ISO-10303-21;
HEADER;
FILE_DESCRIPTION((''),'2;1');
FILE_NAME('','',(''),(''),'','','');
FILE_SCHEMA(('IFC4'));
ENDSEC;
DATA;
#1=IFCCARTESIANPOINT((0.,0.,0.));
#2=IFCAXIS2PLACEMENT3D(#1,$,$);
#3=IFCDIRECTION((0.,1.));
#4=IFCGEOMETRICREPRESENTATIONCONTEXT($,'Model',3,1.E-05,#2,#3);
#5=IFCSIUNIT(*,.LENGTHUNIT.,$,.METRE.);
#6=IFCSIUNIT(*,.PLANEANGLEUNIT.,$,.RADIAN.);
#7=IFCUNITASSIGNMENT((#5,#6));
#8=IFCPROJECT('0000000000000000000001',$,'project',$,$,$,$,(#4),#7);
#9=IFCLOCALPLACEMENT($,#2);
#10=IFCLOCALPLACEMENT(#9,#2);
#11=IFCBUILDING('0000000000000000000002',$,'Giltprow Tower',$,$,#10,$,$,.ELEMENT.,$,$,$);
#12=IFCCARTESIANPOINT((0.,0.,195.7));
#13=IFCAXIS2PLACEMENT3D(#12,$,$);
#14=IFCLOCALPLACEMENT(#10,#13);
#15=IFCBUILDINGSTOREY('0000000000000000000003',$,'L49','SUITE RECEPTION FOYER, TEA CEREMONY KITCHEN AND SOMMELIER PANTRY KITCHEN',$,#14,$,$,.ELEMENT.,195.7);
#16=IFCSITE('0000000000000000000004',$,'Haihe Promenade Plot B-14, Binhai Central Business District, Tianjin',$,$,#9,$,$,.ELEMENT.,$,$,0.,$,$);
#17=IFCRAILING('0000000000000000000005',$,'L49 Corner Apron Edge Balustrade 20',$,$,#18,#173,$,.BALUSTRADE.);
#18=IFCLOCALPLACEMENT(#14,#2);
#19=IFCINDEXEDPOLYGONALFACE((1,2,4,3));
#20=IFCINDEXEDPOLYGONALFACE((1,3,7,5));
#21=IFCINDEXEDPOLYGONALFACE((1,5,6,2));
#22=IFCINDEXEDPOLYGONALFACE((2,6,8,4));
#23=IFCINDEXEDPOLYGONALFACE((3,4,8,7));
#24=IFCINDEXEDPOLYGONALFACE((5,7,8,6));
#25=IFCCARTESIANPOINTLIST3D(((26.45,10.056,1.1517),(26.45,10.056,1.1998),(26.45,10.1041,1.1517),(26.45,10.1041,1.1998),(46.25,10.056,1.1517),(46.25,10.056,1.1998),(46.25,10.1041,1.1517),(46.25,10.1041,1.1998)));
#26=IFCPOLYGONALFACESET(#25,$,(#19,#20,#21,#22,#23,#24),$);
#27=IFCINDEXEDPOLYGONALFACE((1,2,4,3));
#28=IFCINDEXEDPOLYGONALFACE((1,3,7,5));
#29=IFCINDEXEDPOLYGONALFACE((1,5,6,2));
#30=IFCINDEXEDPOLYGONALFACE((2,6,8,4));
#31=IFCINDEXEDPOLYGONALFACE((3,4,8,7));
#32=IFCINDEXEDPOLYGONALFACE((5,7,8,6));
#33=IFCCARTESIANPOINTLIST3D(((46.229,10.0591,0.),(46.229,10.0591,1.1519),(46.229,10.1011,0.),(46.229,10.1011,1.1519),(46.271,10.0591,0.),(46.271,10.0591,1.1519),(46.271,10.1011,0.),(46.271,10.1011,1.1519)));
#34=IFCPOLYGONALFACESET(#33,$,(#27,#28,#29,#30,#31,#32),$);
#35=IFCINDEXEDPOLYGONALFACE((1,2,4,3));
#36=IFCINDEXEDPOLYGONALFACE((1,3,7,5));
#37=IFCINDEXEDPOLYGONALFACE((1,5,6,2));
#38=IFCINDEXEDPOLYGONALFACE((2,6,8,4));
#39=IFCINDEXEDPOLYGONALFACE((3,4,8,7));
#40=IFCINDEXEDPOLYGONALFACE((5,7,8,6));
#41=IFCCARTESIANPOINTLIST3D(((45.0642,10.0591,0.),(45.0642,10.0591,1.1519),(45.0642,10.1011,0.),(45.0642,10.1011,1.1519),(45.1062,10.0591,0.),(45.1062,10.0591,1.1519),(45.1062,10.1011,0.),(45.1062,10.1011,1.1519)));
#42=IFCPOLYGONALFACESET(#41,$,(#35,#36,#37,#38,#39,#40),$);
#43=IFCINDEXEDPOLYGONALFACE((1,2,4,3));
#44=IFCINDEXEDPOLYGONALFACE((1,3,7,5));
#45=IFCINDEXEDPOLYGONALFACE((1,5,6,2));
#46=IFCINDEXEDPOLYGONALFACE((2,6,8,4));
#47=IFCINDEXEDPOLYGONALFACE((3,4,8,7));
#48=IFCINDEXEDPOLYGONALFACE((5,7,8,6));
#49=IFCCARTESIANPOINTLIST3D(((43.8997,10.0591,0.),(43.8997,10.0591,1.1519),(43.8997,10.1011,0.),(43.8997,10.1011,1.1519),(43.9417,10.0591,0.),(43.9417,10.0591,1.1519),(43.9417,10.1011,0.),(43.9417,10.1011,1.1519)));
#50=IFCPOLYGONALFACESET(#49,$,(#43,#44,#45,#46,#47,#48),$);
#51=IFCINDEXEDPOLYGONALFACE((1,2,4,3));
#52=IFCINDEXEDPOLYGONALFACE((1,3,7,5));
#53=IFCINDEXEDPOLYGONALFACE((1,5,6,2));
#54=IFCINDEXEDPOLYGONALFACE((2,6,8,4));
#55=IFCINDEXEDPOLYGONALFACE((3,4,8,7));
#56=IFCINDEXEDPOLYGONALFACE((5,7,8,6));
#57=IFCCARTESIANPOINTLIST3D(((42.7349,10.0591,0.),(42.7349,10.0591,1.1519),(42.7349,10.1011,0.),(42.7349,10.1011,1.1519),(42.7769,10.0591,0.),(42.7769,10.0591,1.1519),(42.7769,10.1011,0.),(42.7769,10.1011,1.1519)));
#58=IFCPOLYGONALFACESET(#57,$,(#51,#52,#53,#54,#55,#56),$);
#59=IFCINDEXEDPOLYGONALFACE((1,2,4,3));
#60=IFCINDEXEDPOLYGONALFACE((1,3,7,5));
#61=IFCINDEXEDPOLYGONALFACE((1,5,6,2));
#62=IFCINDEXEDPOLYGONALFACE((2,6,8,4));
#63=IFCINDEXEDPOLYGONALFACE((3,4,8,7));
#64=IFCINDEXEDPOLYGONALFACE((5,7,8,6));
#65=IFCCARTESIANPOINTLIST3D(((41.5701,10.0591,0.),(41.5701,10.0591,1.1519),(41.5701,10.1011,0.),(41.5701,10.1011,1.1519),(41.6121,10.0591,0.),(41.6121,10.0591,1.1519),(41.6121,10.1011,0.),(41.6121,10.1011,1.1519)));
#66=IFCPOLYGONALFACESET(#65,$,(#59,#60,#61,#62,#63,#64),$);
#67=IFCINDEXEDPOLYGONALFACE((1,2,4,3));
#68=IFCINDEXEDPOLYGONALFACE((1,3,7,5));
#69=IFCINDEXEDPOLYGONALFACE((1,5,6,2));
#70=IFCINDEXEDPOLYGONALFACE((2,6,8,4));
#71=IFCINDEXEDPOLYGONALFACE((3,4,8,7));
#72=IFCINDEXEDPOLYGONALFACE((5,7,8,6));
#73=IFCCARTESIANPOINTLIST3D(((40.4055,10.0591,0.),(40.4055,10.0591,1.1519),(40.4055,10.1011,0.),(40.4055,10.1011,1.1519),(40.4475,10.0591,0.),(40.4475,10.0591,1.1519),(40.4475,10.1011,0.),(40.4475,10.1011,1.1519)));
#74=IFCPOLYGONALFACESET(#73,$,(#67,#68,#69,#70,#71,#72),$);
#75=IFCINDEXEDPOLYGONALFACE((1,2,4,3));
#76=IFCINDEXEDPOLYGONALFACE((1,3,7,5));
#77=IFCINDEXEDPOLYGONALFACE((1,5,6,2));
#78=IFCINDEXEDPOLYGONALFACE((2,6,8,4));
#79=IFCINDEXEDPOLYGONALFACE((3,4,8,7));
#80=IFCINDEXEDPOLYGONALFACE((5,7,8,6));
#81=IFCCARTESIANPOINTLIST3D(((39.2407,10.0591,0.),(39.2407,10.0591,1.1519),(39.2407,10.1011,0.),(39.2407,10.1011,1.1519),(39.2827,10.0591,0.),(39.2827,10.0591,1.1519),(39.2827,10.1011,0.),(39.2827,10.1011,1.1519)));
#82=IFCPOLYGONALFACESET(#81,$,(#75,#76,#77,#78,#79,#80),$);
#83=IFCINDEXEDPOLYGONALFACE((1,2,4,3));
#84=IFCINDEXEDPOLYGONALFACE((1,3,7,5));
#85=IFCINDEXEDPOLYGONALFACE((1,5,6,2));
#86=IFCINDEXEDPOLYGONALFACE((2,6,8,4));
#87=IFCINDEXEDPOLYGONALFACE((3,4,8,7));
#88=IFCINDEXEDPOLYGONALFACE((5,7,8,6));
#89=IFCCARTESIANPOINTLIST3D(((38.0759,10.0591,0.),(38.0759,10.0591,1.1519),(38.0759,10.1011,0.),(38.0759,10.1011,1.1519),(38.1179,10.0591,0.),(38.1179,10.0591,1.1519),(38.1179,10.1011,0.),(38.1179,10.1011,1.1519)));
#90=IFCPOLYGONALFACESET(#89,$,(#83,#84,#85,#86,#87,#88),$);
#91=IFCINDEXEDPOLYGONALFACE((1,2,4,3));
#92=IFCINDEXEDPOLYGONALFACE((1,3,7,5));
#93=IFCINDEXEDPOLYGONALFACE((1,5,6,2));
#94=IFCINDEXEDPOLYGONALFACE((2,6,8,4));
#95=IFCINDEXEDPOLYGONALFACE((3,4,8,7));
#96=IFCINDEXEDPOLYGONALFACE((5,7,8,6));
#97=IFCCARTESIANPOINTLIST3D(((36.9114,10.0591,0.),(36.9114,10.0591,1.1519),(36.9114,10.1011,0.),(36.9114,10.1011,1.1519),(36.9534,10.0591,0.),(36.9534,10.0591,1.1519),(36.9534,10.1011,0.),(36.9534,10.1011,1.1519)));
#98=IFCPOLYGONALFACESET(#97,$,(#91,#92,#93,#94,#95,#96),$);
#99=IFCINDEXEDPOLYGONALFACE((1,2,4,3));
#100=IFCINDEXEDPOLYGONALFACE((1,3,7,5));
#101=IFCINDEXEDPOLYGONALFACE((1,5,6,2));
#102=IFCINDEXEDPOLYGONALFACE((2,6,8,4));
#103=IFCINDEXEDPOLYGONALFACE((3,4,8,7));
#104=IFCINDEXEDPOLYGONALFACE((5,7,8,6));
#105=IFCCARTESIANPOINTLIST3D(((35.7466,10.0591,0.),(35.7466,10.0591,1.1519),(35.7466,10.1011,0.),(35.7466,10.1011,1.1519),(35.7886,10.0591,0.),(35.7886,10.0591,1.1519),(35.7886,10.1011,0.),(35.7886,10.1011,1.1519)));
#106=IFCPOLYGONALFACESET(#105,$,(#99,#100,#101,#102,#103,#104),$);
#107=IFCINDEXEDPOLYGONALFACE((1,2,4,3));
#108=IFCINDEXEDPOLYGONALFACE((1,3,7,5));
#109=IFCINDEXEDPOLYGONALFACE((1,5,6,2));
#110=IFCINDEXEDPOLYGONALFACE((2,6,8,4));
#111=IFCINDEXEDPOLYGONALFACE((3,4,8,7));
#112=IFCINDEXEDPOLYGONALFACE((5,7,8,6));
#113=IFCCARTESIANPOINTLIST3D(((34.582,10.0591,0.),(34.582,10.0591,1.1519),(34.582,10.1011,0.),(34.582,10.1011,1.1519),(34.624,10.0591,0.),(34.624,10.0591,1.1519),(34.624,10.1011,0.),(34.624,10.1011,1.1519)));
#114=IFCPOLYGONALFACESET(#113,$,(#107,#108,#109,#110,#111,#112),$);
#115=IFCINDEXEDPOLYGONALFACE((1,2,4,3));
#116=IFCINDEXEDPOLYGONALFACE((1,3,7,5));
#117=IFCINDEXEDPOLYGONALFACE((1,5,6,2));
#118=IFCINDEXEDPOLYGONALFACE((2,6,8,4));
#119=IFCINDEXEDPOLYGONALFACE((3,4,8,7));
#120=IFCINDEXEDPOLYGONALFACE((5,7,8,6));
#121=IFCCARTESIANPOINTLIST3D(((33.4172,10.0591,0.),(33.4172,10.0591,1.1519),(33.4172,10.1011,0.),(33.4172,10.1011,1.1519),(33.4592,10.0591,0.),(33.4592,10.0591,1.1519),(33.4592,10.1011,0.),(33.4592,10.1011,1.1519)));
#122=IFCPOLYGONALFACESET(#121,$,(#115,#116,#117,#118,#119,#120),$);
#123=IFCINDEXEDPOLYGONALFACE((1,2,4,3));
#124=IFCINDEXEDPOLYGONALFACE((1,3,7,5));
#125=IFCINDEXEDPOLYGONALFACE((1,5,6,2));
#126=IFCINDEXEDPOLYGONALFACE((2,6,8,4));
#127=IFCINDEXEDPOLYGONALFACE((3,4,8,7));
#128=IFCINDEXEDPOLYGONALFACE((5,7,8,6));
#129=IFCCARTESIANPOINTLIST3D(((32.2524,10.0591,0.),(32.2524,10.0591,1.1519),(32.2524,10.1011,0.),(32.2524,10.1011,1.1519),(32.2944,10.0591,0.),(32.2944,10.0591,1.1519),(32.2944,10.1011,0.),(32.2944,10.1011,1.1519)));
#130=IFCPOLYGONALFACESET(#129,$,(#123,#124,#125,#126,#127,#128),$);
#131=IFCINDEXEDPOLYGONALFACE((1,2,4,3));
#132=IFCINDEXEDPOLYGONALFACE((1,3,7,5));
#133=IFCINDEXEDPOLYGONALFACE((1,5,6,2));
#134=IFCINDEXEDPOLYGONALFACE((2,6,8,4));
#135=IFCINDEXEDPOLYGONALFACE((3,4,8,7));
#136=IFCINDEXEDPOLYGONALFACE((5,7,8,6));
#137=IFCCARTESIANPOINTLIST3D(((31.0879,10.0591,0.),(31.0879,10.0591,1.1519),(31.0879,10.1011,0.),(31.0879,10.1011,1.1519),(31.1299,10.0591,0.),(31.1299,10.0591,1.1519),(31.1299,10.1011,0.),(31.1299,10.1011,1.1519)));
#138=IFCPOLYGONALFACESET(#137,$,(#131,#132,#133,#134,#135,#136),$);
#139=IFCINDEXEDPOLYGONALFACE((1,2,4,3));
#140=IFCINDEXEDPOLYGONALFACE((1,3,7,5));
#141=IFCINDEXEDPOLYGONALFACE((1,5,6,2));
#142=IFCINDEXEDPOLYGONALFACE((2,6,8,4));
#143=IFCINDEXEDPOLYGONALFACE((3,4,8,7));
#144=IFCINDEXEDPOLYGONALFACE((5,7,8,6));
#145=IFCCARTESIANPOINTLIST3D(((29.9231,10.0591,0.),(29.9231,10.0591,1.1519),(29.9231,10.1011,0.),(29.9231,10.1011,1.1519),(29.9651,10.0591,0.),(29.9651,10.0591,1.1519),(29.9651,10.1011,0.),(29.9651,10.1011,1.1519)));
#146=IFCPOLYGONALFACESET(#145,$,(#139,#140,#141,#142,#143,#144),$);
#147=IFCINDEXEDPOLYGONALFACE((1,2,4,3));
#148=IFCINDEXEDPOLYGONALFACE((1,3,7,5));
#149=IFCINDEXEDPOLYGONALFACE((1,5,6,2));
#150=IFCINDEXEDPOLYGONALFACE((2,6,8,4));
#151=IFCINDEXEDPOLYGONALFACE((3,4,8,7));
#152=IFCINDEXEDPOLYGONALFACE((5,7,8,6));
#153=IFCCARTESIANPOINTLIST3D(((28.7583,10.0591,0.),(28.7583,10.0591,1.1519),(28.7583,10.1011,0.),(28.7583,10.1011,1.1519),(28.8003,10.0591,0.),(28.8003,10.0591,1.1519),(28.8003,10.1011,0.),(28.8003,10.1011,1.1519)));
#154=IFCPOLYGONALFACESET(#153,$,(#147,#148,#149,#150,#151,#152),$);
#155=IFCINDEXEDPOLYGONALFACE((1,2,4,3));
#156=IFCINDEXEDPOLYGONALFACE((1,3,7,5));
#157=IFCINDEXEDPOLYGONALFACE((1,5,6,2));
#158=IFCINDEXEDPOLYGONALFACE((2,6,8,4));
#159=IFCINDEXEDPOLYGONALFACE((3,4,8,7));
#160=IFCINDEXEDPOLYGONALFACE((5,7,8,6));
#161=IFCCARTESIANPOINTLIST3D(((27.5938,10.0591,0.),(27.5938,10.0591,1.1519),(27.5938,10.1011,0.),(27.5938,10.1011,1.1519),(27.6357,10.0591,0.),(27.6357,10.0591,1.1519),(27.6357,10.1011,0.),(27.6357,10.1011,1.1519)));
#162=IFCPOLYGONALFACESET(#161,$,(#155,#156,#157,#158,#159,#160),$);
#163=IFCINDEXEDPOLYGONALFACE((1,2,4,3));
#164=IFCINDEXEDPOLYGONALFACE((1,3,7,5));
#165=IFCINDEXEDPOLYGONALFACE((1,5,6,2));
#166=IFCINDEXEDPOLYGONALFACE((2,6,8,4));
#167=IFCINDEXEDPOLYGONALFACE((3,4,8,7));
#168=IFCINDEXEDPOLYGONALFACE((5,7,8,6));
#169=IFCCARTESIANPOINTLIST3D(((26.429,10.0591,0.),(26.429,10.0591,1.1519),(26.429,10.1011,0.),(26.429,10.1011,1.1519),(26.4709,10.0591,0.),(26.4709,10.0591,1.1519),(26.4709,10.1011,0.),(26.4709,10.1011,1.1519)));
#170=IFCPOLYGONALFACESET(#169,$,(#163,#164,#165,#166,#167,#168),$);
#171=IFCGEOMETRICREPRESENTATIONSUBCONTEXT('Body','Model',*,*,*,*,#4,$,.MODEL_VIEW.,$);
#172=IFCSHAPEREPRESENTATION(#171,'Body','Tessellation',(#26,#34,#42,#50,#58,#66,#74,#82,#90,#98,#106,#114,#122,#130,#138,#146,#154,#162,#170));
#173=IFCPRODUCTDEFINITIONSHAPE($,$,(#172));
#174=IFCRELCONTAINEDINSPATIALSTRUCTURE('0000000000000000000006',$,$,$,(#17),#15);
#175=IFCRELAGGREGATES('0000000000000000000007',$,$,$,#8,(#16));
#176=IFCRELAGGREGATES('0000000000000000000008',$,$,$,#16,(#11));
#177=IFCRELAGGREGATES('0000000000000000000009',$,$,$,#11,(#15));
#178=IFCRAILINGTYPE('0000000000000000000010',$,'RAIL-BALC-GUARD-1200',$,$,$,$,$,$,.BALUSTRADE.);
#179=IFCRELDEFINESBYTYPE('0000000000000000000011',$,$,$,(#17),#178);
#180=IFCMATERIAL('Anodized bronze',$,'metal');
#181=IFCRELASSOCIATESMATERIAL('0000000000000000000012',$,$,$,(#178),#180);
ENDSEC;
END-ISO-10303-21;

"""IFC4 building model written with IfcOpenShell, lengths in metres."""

from ifc_helpers import new_model, si_unit, direction, frame, origin, origin_2d, place, context, subcontext, project, spatial, rectangle, extrude, material, type_object, element, save


model = new_model("IFC4")

# Units and contexts
model_context = context("Model", 3, precision=1e-05, world=origin(), true_north=direction((0.0, 1.0)))
body_context = subcontext(model_context, "Body", "Model", "MODEL_VIEW")
ifc_project = project(units=[si_unit("LENGTHUNIT", "METRE"), si_unit("PLANEANGLEUNIT", "RADIAN")], contexts=[model_context])

# Site, building, storey
site_placement = place(None, origin())
site = spatial("IfcSite", under=ifc_project, at=site_placement, Name="Haihe Promenade Plot B-14, Binhai Central Business District, Tianjin", CompositionType="ELEMENT", RefElevation=0.0)
building_placement = place(site_placement, origin())
building = spatial("IfcBuilding", under=site, at=building_placement, Name="Giltprow Tower", CompositionType="ELEMENT")
storey_placement = place(building_placement, frame((0.0, 0.0, 195.7)))
storey = spatial("IfcBuildingStorey", under=building, at=storey_placement, Name="L49", Description="SUITE RECEPTION FOYER, TEA CEREMONY KITCHEN AND SOMMELIER PANTRY KITCHEN", CompositionType="ELEMENT", Elevation=195.7)

# Shared definitions
ifc_material_1 = material(Name="Anodized bronze", Category="metal")

# Railing
railing_type = type_object("IfcRailingType", Name="RAIL-BALC-GUARD-1200", PredefinedType="BALUSTRADE", material=ifc_material_1)
railing_1_placement = place(storey_placement, frame((46.25, 10.0801, 0.0)))
element("IfcRailing", 1, at=railing_1_placement, inside=storey, type_object=railing_type, Name="L49 Corner Apron Edge Balustrade 20", PredefinedType="BALUSTRADE", context=body_context, shape_type="SweptSolid", body=[
    extrude(rectangle(XDim=0.0481, YDim=0.0481, at=origin_2d()), frame((0.0, 0.0, 1.1758), z_axis=(-1.0, 0.0, 0.0), x_axis=(0.0, -1.0, 0.0)), (0.0, 0.0, 1.0), 19.8),
    extrude(rectangle(XDim=0.042, YDim=0.042, at=origin_2d()), origin(), (0.0, 0.0, 1.0), 1.1519),
    extrude(rectangle(XDim=0.042, YDim=0.042, at=origin_2d()), frame((-1.1648, 0.0, 0.0)), (0.0, 0.0, 1.0), 1.1519),
    extrude(rectangle(XDim=0.042, YDim=0.042, at=origin_2d()), frame((-2.3293, 0.0, 0.0)), (0.0, 0.0, 1.0), 1.1519),
    extrude(rectangle(XDim=0.042, YDim=0.042, at=origin_2d()), frame((-3.4941, 0.0, 0.0)), (0.0, 0.0, 1.0), 1.1519),
    extrude(rectangle(XDim=0.042, YDim=0.042, at=origin_2d()), frame((-4.6589, 0.0, 0.0)), (0.0, 0.0, 1.0), 1.1519),
    extrude(rectangle(XDim=0.042, YDim=0.042, at=origin_2d()), frame((-5.8235, 0.0, 0.0)), (0.0, 0.0, 1.0), 1.1519),
    extrude(rectangle(XDim=0.042, YDim=0.042, at=origin_2d()), frame((-6.9883, 0.0, 0.0)), (0.0, 0.0, 1.0), 1.1519),
    extrude(rectangle(XDim=0.042, YDim=0.042, at=origin_2d()), frame((-8.1531, 0.0, 0.0)), (0.0, 0.0, 1.0), 1.1519),
    extrude(rectangle(XDim=0.042, YDim=0.042, at=origin_2d()), frame((-9.3176, 0.0, 0.0)), (0.0, 0.0, 1.0), 1.1519),
    extrude(rectangle(XDim=0.042, YDim=0.042, at=origin_2d()), frame((-10.4824, 0.0, 0.0)), (0.0, 0.0, 1.0), 1.1519),
    extrude(rectangle(XDim=0.042, YDim=0.042, at=origin_2d()), frame((-11.647, 0.0, 0.0)), (0.0, 0.0, 1.0), 1.1519),
    extrude(rectangle(XDim=0.042, YDim=0.042, at=origin_2d()), frame((-12.8118, 0.0, 0.0)), (0.0, 0.0, 1.0), 1.1519),
    extrude(rectangle(XDim=0.042, YDim=0.042, at=origin_2d()), frame((-13.9766, 0.0, 0.0)), (0.0, 0.0, 1.0), 1.1519),
    extrude(rectangle(XDim=0.042, YDim=0.042, at=origin_2d()), frame((-15.1411, 0.0, 0.0)), (0.0, 0.0, 1.0), 1.1519),
    extrude(rectangle(XDim=0.042, YDim=0.042, at=origin_2d()), frame((-16.3059, 0.0, 0.0)), (0.0, 0.0, 1.0), 1.1519),
    extrude(rectangle(XDim=0.042, YDim=0.042, at=origin_2d()), frame((-17.4707, 0.0, 0.0)), (0.0, 0.0, 1.0), 1.1519),
    extrude(rectangle(XDim=0.042, YDim=0.042, at=origin_2d()), frame((-18.6353, 0.0, 0.0)), (0.0, 0.0, 1.0), 1.1519),
    extrude(rectangle(XDim=0.042, YDim=0.042, at=origin_2d()), frame((-19.8, 0.0, 0.0)), (0.0, 0.0, 1.0), 1.1519),
])

save(model, "model.ifc")
